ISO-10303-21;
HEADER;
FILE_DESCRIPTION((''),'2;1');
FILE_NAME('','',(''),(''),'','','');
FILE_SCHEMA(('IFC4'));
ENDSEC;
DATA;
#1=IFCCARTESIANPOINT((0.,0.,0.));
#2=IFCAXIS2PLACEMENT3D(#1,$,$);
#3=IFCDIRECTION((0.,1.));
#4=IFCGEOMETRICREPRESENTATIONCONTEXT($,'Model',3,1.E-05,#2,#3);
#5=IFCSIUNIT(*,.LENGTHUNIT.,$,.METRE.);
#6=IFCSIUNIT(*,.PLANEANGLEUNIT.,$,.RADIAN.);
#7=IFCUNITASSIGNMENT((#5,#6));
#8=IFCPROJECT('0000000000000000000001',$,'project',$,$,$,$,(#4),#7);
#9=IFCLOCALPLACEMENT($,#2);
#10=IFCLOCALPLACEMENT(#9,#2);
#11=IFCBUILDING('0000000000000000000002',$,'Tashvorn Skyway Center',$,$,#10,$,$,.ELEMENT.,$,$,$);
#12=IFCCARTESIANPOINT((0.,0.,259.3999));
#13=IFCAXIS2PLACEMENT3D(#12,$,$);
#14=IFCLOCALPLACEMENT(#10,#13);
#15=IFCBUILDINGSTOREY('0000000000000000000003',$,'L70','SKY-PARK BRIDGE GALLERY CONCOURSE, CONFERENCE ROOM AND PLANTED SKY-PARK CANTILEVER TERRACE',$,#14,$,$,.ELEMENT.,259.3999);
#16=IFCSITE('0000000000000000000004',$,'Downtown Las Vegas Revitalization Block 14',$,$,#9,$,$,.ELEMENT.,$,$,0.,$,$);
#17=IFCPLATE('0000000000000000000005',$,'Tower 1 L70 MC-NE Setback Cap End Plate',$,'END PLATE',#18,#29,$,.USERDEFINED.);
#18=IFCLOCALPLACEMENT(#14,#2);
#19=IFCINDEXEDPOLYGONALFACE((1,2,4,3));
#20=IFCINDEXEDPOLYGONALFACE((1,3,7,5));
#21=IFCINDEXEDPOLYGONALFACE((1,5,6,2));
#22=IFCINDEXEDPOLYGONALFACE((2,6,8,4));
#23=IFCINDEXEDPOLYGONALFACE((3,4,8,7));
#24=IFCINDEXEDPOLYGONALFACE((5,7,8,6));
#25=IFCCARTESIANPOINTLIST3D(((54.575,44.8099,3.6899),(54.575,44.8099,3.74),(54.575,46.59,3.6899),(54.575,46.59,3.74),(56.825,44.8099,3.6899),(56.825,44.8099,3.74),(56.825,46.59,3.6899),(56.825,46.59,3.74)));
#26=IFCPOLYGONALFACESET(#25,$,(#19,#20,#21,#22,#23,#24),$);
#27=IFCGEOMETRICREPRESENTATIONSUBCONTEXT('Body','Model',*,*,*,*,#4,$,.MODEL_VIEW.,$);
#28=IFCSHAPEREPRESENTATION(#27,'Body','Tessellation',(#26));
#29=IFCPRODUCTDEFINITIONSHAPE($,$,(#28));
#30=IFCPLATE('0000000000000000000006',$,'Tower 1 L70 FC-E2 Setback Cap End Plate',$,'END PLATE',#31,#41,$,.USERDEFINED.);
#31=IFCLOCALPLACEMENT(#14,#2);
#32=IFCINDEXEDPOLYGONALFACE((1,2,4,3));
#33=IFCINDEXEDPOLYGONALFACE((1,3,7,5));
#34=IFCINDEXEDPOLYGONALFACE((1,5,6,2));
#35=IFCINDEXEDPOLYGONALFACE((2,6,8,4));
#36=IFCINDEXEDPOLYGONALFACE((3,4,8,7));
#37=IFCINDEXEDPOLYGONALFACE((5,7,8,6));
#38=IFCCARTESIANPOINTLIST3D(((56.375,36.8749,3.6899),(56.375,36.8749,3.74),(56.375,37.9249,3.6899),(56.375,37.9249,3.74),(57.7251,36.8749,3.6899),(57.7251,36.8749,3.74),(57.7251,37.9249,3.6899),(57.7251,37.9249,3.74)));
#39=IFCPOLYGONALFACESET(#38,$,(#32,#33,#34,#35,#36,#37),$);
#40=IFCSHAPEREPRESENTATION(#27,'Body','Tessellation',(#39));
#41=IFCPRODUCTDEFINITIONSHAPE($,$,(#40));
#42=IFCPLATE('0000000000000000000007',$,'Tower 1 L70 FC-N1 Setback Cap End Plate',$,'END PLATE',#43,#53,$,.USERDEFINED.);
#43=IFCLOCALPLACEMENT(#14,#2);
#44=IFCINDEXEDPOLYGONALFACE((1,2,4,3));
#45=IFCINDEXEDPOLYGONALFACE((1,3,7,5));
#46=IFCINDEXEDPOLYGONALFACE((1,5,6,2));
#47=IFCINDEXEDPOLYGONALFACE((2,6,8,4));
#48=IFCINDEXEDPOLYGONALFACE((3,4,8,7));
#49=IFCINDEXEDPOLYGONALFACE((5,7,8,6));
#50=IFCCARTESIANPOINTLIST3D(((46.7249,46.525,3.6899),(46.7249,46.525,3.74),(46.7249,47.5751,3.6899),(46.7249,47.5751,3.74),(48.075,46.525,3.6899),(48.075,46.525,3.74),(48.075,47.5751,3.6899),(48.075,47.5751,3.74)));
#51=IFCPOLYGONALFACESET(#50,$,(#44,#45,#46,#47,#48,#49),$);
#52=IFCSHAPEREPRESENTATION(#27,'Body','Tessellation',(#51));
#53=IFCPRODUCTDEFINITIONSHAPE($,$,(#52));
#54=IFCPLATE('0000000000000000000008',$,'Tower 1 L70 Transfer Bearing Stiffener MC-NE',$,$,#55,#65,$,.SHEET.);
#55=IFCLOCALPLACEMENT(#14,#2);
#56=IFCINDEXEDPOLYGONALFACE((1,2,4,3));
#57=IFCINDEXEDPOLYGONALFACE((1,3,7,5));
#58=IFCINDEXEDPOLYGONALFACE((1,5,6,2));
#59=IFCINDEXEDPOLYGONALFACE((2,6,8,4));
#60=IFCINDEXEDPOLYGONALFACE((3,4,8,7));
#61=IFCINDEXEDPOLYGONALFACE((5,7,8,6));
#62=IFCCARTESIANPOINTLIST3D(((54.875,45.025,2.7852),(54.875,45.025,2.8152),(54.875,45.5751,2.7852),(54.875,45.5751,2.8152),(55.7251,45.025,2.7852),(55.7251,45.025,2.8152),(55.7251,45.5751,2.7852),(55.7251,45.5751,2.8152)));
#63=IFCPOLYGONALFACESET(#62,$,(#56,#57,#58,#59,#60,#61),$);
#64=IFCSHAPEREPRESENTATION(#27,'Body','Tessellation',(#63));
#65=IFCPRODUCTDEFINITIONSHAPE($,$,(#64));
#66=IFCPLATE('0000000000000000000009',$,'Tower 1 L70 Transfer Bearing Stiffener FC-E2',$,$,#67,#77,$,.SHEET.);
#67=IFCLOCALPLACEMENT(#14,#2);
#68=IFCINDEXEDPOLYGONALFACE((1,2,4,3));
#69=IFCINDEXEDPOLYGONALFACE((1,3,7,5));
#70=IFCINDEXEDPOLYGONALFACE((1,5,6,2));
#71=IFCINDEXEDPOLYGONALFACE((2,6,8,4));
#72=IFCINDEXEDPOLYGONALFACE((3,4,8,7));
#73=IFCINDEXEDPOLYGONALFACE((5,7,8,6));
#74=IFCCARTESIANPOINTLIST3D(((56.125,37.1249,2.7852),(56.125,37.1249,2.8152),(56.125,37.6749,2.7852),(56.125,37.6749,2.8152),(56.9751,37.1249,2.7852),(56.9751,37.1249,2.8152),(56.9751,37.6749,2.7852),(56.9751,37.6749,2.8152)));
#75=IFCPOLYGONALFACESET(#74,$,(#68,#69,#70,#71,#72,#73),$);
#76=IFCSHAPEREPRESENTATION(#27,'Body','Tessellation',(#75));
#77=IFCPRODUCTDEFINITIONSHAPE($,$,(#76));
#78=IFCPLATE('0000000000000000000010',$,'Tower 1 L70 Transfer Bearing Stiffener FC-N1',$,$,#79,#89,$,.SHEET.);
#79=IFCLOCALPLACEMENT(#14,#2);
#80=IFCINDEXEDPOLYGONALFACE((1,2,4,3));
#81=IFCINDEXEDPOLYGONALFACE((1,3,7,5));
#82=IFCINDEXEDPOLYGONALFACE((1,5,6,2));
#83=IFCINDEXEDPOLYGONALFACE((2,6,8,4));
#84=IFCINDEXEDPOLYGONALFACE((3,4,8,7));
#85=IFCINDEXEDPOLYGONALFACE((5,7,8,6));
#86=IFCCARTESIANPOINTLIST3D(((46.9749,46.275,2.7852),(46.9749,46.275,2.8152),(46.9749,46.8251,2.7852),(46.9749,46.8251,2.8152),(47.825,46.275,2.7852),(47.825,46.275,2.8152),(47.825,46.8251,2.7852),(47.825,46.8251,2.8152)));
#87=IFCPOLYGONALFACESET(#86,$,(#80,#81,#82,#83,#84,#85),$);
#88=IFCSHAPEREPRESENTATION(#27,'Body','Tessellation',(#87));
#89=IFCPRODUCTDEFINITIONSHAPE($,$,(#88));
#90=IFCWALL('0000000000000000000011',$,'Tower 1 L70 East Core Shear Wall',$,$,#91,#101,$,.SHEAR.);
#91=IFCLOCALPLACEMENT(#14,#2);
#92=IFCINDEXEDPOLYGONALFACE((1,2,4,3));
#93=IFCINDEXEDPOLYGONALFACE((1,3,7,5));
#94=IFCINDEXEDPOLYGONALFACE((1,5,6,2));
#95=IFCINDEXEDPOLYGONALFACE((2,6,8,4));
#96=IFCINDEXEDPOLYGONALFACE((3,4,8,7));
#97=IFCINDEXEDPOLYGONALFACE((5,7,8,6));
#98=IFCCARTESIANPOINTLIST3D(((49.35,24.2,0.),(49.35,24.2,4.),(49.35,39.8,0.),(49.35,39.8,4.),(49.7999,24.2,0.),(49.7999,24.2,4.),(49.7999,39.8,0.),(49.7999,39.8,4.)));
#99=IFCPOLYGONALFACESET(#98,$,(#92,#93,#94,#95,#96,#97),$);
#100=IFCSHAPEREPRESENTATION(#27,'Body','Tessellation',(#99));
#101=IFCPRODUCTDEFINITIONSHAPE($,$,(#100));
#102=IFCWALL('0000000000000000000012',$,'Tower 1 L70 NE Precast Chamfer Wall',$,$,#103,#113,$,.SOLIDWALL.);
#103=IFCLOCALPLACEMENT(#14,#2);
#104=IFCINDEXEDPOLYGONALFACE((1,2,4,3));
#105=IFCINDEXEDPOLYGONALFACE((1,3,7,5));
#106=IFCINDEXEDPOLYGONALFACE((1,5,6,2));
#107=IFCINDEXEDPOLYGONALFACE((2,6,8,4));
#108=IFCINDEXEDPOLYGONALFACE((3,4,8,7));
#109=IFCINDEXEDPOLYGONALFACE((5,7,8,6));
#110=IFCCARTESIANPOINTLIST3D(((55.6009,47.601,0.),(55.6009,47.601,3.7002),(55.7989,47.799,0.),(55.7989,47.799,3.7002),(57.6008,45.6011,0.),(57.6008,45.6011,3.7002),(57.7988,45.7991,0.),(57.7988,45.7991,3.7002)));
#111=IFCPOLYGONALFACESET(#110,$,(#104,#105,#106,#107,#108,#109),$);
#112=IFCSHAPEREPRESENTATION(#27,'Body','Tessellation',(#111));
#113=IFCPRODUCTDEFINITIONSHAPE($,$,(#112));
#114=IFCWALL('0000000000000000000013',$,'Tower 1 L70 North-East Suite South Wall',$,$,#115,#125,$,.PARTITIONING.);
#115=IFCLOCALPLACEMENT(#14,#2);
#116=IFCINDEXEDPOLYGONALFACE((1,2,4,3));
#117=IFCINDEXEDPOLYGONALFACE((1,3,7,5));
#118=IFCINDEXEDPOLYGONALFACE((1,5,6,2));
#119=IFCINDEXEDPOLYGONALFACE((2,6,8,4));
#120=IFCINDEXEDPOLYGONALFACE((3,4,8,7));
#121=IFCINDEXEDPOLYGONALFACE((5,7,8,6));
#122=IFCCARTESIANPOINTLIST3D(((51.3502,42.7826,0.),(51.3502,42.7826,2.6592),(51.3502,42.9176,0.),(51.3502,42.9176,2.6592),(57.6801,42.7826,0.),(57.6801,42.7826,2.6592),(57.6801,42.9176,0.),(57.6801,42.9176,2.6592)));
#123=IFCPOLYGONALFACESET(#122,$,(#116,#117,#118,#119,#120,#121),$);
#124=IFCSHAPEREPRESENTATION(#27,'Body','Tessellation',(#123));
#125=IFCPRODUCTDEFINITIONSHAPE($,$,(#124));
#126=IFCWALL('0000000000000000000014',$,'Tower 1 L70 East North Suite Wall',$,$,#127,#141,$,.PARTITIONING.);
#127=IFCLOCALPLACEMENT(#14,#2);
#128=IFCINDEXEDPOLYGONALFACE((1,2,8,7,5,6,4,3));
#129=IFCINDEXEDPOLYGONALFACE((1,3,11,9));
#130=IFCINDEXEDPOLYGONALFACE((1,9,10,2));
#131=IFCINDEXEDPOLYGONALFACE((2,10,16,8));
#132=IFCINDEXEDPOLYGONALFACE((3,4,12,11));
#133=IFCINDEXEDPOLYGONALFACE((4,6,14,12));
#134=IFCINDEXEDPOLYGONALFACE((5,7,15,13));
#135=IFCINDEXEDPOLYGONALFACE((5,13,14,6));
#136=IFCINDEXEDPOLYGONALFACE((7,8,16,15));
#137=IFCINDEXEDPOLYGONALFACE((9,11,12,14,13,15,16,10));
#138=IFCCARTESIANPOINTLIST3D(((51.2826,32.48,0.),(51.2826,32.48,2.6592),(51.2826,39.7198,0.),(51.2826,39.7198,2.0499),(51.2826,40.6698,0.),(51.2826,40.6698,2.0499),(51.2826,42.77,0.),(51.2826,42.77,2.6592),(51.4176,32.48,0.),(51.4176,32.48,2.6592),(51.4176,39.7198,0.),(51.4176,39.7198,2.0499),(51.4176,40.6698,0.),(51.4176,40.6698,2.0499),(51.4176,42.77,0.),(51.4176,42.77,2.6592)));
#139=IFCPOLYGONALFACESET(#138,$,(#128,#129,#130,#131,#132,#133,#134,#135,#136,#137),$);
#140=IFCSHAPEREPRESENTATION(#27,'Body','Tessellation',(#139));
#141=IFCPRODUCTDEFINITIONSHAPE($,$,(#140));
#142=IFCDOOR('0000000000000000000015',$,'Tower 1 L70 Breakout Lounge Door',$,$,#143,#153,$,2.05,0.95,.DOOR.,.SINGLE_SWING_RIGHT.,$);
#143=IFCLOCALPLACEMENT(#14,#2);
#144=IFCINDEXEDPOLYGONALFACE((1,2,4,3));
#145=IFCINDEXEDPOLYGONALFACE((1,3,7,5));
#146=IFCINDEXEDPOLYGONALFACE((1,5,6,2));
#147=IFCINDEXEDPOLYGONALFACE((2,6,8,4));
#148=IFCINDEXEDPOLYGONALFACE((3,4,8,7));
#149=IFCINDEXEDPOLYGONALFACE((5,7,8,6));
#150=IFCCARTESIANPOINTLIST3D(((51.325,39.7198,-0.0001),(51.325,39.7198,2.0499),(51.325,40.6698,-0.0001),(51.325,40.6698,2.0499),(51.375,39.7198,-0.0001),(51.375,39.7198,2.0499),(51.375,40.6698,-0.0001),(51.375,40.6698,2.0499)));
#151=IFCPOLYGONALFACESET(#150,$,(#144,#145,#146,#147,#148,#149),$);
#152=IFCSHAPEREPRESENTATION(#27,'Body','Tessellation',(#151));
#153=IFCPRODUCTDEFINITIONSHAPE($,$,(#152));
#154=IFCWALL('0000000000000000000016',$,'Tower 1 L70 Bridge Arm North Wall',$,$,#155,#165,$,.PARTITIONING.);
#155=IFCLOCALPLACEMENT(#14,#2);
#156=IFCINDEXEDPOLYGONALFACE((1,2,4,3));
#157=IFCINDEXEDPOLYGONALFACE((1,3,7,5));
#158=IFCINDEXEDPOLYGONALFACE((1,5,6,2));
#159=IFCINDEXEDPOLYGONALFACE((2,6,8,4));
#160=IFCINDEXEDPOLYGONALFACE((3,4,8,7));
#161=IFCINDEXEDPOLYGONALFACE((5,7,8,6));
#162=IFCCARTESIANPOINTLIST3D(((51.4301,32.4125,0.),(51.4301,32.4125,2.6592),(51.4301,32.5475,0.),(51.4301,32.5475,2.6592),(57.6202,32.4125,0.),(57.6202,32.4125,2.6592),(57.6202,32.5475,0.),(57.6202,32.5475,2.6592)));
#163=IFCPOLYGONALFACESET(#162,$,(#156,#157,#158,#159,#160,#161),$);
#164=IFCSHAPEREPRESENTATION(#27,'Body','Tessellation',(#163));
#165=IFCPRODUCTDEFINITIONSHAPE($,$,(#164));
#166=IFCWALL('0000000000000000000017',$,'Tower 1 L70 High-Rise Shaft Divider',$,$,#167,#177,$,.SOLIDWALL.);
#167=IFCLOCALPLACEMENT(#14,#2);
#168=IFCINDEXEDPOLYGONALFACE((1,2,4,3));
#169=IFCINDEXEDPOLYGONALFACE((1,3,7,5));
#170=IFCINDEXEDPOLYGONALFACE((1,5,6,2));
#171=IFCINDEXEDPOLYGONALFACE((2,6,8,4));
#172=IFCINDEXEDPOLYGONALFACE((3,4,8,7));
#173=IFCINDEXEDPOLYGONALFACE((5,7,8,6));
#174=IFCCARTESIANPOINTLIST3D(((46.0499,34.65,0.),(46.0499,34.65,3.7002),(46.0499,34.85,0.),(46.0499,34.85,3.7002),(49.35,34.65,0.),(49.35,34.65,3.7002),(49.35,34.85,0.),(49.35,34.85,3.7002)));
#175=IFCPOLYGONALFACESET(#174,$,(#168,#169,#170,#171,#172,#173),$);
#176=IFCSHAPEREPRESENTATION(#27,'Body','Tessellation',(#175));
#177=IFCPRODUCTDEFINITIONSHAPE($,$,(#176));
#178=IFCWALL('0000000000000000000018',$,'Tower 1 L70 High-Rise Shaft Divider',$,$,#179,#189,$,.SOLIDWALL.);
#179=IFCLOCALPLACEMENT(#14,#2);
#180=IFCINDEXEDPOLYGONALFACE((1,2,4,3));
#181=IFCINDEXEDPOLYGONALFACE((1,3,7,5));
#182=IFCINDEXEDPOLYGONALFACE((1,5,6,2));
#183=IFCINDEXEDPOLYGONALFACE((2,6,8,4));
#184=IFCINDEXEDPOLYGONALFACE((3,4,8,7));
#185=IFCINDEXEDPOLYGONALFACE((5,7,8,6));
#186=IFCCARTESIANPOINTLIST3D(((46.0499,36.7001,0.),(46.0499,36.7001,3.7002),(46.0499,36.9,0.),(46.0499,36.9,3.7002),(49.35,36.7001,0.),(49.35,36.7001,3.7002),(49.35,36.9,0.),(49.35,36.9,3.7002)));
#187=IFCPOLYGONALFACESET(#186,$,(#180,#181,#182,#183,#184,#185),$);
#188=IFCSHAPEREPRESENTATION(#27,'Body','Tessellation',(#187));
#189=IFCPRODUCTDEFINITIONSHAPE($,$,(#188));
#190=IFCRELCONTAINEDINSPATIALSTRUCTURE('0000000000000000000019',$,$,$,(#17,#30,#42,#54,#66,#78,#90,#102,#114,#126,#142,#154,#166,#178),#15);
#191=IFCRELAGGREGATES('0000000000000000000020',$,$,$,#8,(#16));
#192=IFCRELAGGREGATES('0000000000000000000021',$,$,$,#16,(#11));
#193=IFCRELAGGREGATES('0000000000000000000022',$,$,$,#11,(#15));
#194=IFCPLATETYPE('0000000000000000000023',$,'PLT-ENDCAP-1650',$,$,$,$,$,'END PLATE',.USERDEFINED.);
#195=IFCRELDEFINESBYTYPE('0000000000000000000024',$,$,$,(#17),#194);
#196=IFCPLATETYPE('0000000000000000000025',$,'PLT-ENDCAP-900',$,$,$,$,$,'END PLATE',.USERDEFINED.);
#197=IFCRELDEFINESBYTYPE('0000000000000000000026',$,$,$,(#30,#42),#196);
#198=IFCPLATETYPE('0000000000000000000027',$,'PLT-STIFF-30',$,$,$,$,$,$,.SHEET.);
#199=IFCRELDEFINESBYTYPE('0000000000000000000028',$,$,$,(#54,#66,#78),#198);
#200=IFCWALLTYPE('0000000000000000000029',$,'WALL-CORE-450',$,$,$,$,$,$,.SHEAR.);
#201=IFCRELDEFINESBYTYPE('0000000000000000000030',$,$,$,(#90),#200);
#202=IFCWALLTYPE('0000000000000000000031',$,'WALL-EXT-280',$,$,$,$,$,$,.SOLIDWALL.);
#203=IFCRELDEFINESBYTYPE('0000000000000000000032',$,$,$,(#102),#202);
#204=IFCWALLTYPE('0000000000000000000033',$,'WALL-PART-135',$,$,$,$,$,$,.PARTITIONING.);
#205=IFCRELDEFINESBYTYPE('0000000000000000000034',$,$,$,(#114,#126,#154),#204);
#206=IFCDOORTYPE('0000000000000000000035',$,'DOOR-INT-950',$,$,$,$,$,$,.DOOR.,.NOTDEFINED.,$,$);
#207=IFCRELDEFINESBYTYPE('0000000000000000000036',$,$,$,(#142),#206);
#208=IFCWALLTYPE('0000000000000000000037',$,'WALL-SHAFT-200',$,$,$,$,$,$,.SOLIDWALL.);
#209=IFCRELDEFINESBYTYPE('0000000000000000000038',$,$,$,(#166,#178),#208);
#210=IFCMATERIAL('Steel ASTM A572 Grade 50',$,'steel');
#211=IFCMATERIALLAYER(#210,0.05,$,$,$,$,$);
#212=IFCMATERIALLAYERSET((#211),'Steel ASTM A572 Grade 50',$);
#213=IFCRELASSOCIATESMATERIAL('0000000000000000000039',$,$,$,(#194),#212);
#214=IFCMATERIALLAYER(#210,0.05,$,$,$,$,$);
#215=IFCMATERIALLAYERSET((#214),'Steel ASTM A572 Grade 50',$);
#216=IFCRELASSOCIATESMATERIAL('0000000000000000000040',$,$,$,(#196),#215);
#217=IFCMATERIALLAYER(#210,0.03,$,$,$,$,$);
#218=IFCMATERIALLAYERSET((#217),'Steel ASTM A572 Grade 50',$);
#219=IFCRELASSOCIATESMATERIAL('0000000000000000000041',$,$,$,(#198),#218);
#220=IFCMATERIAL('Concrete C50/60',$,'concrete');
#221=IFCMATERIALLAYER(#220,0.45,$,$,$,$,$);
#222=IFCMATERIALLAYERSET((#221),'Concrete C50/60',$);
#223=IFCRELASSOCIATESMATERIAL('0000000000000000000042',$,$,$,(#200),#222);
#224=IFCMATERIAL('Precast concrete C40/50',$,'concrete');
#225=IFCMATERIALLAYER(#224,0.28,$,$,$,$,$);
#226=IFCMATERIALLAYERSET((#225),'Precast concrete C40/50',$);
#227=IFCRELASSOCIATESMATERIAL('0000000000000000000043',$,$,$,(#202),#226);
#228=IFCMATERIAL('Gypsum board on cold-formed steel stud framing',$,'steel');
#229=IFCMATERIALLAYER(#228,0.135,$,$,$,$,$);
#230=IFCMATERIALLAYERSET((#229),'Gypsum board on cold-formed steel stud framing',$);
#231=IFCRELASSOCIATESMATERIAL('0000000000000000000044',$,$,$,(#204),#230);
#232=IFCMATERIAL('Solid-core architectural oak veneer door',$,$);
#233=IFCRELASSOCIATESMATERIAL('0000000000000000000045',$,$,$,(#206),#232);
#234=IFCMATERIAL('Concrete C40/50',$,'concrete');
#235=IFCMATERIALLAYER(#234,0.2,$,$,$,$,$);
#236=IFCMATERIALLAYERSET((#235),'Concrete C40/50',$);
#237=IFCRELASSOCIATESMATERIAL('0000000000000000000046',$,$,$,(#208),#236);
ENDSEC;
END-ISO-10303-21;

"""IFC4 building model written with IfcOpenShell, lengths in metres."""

from ifc_helpers import new_model, si_unit, direction, frame, frame_2d, origin, origin_2d, place, context, subcontext, project, spatial, rectangle, extrude, material, layer, layer_set, type_object, element, fill, save


model = new_model("IFC4")

# Units and contexts
model_context = context("Model", 3, precision=1e-05, world=origin(), true_north=direction((0.0, 1.0)))
body_context = subcontext(model_context, "Body", "Model", "MODEL_VIEW")
ifc_project = project(units=[si_unit("LENGTHUNIT", "METRE"), si_unit("PLANEANGLEUNIT", "RADIAN")], contexts=[model_context])

# Site, building, storey
site_placement = place(None, origin())
site = spatial("IfcSite", under=ifc_project, at=site_placement, Name="Downtown Las Vegas Revitalization Block 14", CompositionType="ELEMENT", RefElevation=0.0)
building_placement = place(site_placement, origin())
building = spatial("IfcBuilding", under=site, at=building_placement, Name="Tashvorn Skyway Center", CompositionType="ELEMENT")
storey_placement = place(building_placement, frame((0.0, 0.0, 259.3999)))
storey = spatial("IfcBuildingStorey", under=building, at=storey_placement, Name="L70", Description="SKY-PARK BRIDGE GALLERY CONCOURSE, CONFERENCE ROOM AND PLANTED SKY-PARK CANTILEVER TERRACE", CompositionType="ELEMENT", Elevation=259.3999)

# Shared definitions
ifc_material_1 = material(Name="Steel ASTM A572 Grade 50", Category="steel")

# Plates
ifc_layer_1 = layer(ifc_material_1, 0.05)
ifc_layer_set_1 = layer_set([ifc_layer_1], Name="Steel ASTM A572 Grade 50")
plate_type_1 = type_object("IfcPlateType", Name="PLT-ENDCAP-1650", ElementType="END PLATE", PredefinedType="USERDEFINED", material=ifc_layer_set_1)
plate_1_placement = place(storey_placement, frame((55.7, 45.7, 3.6899), z_axis=(0.0, 0.0, 1.0), x_axis=(1.0, 0.0, 0.0)))
element("IfcPlate", 1, at=plate_1_placement, inside=storey, type_object=plate_type_1, Name="Tower 1 L70 MC-NE Setback Cap End Plate", ObjectType="END PLATE", PredefinedType="USERDEFINED", context=body_context, shape_type="SweptSolid", body=[
    extrude(rectangle(XDim=2.25, YDim=1.78, at=origin_2d()), origin(), (0.0, 0.0, 1.0), 0.05),
])
ifc_layer_2 = layer(ifc_material_1, 0.05)
ifc_layer_set_2 = layer_set([ifc_layer_2], Name="Steel ASTM A572 Grade 50")
plate_type_2 = type_object("IfcPlateType", Name="PLT-ENDCAP-900", ElementType="END PLATE", PredefinedType="USERDEFINED", material=ifc_layer_set_2)
for number, where, z_axis, x_axis, name in (
    (2, (57.05, 37.3999, 3.6899), (0.0, 0.0, 1.0), (1.0, 0.0, 0.0), "Tower 1 L70 FC-E2 Setback Cap End Plate"),
    (3, (47.3999, 47.05, 3.6899), (0.0, 0.0, 1.0), (1.0, 0.0, 0.0), "Tower 1 L70 FC-N1 Setback Cap End Plate"),
):
    element("IfcPlate", number, at=place(storey_placement, frame(where, z_axis=z_axis, x_axis=x_axis)), inside=storey, type_object=plate_type_2, Name=name, ObjectType="END PLATE", PredefinedType="USERDEFINED", context=body_context, shape_type="SweptSolid", body=[
        extrude(rectangle(XDim=1.3501, YDim=1.05, at=origin_2d()), origin(), (0.0, 0.0, 1.0), 0.05),
    ])
ifc_layer_3 = layer(ifc_material_1, 0.03)
ifc_layer_set_3 = layer_set([ifc_layer_3], Name="Steel ASTM A572 Grade 50")
plate_type_3 = type_object("IfcPlateType", Name="PLT-STIFF-30", PredefinedType="SHEET", material=ifc_layer_set_3)
for number, where, z_axis, x_axis, name in (
    (4, (55.3, 45.3, 2.7852), (0.0, 0.0, 1.0), (1.0, 0.0, 0.0), "Tower 1 L70 Transfer Bearing Stiffener MC-NE"),
    (5, (56.55, 37.3999, 2.7852), (0.0, 0.0, 1.0), (1.0, 0.0, 0.0), "Tower 1 L70 Transfer Bearing Stiffener FC-E2"),
    (6, (47.3999, 46.55, 2.7852), (0.0, 0.0, 1.0), (1.0, 0.0, 0.0), "Tower 1 L70 Transfer Bearing Stiffener FC-N1"),
):
    element("IfcPlate", number, at=place(storey_placement, frame(where, z_axis=z_axis, x_axis=x_axis)), inside=storey, type_object=plate_type_3, Name=name, PredefinedType="SHEET", context=body_context, shape_type="SweptSolid", body=[
        extrude(rectangle(XDim=0.8501, YDim=0.55, at=origin_2d()), origin(), (0.0, 0.0, 1.0), 0.03),
    ])

# Walls
ifc_material_2 = material(Name="Concrete C50/60", Category="concrete")
ifc_layer_4 = layer(ifc_material_2, 0.45)
ifc_layer_set_4 = layer_set([ifc_layer_4], Name="Concrete C50/60")
wall_type_1 = type_object("IfcWallType", Name="WALL-CORE-450", PredefinedType="SHEAR", material=ifc_layer_set_4)
wall_1_placement = place(storey_placement, frame((49.575, 39.8, 0.0), z_axis=(0.0, 0.0, 1.0), x_axis=(0.0, -1.0, 0.0)))
element("IfcWall", 7, at=wall_1_placement, inside=storey, type_object=wall_type_1, Name="Tower 1 L70 East Core Shear Wall", PredefinedType="SHEAR", context=body_context, shape_type="SweptSolid", body=[
    extrude(rectangle(XDim=15.6001, YDim=0.45, at=frame_2d((7.8, 0.0))), origin(), (0.0, 0.0, 1.0), 4.0),
])
ifc_material_3 = material(Name="Precast concrete C40/50", Category="concrete")
ifc_layer_5 = layer(ifc_material_3, 0.28)
ifc_layer_set_5 = layer_set([ifc_layer_5], Name="Precast concrete C40/50")
wall_type_2 = type_object("IfcWallType", Name="WALL-EXT-280", PredefinedType="SOLIDWALL", material=ifc_layer_set_5)
wall_2_placement = place(storey_placement, frame((55.7, 47.7, 0.0), z_axis=(0.0, 0.0, 1.0), x_axis=(0.707107, -0.707107, 0.0)))
element("IfcWall", 8, at=wall_2_placement, inside=storey, type_object=wall_type_2, Name="Tower 1 L70 NE Precast Chamfer Wall", PredefinedType="SOLIDWALL", context=body_context, shape_type="SweptSolid", body=[
    extrude(rectangle(XDim=2.8284, YDim=0.28, at=frame_2d((1.4141, 0.0))), origin(), (0.0, 0.0, 1.0), 3.7002),
])
ifc_material_4 = material(Name="Gypsum board on cold-formed steel stud framing", Category="steel")
ifc_layer_6 = layer(ifc_material_4, 0.135)
ifc_layer_set_6 = layer_set([ifc_layer_6], Name="Gypsum board on cold-formed steel stud framing")
wall_type_3 = type_object("IfcWallType", Name="WALL-PART-135", PredefinedType="PARTITIONING", material=ifc_layer_set_6)
wall_3_placement = place(storey_placement, frame((51.3501, 42.8501, 0.0), z_axis=(0.0, 0.0, 1.0), x_axis=(1.0, 0.0, 0.0)))
element("IfcWall", 9, at=wall_3_placement, inside=storey, type_object=wall_type_3, Name="Tower 1 L70 North-East Suite South Wall", PredefinedType="PARTITIONING", context=body_context, shape_type="SweptSolid", body=[
    extrude(rectangle(XDim=6.3298, YDim=0.135, at=frame_2d((3.165, 0.0))), origin(), (0.0, 0.0, 1.0), 2.6592),
])

# Wall, opening, door
wall_4_placement = place(storey_placement, frame((51.3501, 42.77, 0.0), z_axis=(0.0, 0.0, 1.0), x_axis=(0.0, -1.0, 0.0)))
wall_4 = element("IfcWall", 10, at=wall_4_placement, inside=storey, type_object=wall_type_3, Name="Tower 1 L70 East North Suite Wall", PredefinedType="PARTITIONING", context=body_context, shape_type="SweptSolid", body=[
    extrude(rectangle(XDim=10.29, YDim=0.135, at=frame_2d((5.145, 0.0))), origin(), (0.0, 0.0, 1.0), 2.6592),
])
opening_placement = place(wall_4_placement, frame((2.1001, 0.0, 0.0)))
opening = element("IfcOpeningElement", 11, at=opening_placement, cuts=wall_4, PredefinedType="OPENING", context=body_context, shape_type="SweptSolid", body=[
    extrude(rectangle(XDim=0.95, YDim=2.05, at=frame_2d((0.4751, 1.0249))), frame((0.0, 0.0774, 0.0), z_axis=(0.0, -1.0, 0.0), x_axis=(1.0, 0.0, 0.0)), (0.0, 0.0, 1.0), 0.155),
])
ifc_material_5 = material(Name="Solid-core architectural oak veneer door")
door_type = type_object("IfcDoorType", Name="DOOR-INT-950", OperationType="NOTDEFINED", PredefinedType="DOOR", material=ifc_material_5)
door_placement = place(opening_placement, origin())
door = element("IfcDoor", 12, at=door_placement, inside=storey, type_object=door_type, Name="Tower 1 L70 Breakout Lounge Door", OperationType="SINGLE_SWING_RIGHT", OverallHeight=2.05, OverallWidth=0.95, PredefinedType="DOOR", context=body_context, shape_type="SweptSolid", body=[
    extrude(rectangle(XDim=0.95, YDim=2.05, at=frame_2d((0.4751, 1.0249))), frame((0.0, 0.0249, 0.0), z_axis=(0.0, -1.0, 0.0), x_axis=(1.0, 0.0, 0.0)), (0.0, 0.0, 1.0), 0.05),
])
fill(opening, door)

# Walls
wall_5_placement = place(storey_placement, frame((51.4299, 32.48, 0.0), z_axis=(0.0, 0.0, 1.0), x_axis=(1.0, 0.0, 0.0)))
element("IfcWall", 13, at=wall_5_placement, inside=storey, type_object=wall_type_3, Name="Tower 1 L70 Bridge Arm North Wall", PredefinedType="PARTITIONING", context=body_context, shape_type="SweptSolid", body=[
    extrude(rectangle(XDim=6.1902, YDim=0.135, at=frame_2d((3.0952, 0.0))), origin(), (0.0, 0.0, 1.0), 2.6592),
])
ifc_material_6 = material(Name="Concrete C40/50", Category="concrete")
ifc_layer_7 = layer(ifc_material_6, 0.2)
ifc_layer_set_7 = layer_set([ifc_layer_7], Name="Concrete C40/50")
wall_type_4 = type_object("IfcWallType", Name="WALL-SHAFT-200", PredefinedType="SOLIDWALL", material=ifc_layer_set_7)
for number, where, z_axis, x_axis, name in (
    (14, (46.05, 34.75, 0.0), (0.0, 0.0, 1.0), (1.0, 0.0, 0.0), "Tower 1 L70 High-Rise Shaft Divider"),
    (15, (46.05, 36.8, 0.0), (0.0, 0.0, 1.0), (1.0, 0.0, 0.0), "Tower 1 L70 High-Rise Shaft Divider"),
):
    element("IfcWall", number, at=place(storey_placement, frame(where, z_axis=z_axis, x_axis=x_axis)), inside=storey, type_object=wall_type_4, Name=name, PredefinedType="SOLIDWALL", context=body_context, shape_type="SweptSolid", body=[
        extrude(rectangle(XDim=3.3, YDim=0.2, at=frame_2d((1.6499, 0.0))), origin(), (0.0, 0.0, 1.0), 3.7002),
    ])

save(model, "model.ifc")
